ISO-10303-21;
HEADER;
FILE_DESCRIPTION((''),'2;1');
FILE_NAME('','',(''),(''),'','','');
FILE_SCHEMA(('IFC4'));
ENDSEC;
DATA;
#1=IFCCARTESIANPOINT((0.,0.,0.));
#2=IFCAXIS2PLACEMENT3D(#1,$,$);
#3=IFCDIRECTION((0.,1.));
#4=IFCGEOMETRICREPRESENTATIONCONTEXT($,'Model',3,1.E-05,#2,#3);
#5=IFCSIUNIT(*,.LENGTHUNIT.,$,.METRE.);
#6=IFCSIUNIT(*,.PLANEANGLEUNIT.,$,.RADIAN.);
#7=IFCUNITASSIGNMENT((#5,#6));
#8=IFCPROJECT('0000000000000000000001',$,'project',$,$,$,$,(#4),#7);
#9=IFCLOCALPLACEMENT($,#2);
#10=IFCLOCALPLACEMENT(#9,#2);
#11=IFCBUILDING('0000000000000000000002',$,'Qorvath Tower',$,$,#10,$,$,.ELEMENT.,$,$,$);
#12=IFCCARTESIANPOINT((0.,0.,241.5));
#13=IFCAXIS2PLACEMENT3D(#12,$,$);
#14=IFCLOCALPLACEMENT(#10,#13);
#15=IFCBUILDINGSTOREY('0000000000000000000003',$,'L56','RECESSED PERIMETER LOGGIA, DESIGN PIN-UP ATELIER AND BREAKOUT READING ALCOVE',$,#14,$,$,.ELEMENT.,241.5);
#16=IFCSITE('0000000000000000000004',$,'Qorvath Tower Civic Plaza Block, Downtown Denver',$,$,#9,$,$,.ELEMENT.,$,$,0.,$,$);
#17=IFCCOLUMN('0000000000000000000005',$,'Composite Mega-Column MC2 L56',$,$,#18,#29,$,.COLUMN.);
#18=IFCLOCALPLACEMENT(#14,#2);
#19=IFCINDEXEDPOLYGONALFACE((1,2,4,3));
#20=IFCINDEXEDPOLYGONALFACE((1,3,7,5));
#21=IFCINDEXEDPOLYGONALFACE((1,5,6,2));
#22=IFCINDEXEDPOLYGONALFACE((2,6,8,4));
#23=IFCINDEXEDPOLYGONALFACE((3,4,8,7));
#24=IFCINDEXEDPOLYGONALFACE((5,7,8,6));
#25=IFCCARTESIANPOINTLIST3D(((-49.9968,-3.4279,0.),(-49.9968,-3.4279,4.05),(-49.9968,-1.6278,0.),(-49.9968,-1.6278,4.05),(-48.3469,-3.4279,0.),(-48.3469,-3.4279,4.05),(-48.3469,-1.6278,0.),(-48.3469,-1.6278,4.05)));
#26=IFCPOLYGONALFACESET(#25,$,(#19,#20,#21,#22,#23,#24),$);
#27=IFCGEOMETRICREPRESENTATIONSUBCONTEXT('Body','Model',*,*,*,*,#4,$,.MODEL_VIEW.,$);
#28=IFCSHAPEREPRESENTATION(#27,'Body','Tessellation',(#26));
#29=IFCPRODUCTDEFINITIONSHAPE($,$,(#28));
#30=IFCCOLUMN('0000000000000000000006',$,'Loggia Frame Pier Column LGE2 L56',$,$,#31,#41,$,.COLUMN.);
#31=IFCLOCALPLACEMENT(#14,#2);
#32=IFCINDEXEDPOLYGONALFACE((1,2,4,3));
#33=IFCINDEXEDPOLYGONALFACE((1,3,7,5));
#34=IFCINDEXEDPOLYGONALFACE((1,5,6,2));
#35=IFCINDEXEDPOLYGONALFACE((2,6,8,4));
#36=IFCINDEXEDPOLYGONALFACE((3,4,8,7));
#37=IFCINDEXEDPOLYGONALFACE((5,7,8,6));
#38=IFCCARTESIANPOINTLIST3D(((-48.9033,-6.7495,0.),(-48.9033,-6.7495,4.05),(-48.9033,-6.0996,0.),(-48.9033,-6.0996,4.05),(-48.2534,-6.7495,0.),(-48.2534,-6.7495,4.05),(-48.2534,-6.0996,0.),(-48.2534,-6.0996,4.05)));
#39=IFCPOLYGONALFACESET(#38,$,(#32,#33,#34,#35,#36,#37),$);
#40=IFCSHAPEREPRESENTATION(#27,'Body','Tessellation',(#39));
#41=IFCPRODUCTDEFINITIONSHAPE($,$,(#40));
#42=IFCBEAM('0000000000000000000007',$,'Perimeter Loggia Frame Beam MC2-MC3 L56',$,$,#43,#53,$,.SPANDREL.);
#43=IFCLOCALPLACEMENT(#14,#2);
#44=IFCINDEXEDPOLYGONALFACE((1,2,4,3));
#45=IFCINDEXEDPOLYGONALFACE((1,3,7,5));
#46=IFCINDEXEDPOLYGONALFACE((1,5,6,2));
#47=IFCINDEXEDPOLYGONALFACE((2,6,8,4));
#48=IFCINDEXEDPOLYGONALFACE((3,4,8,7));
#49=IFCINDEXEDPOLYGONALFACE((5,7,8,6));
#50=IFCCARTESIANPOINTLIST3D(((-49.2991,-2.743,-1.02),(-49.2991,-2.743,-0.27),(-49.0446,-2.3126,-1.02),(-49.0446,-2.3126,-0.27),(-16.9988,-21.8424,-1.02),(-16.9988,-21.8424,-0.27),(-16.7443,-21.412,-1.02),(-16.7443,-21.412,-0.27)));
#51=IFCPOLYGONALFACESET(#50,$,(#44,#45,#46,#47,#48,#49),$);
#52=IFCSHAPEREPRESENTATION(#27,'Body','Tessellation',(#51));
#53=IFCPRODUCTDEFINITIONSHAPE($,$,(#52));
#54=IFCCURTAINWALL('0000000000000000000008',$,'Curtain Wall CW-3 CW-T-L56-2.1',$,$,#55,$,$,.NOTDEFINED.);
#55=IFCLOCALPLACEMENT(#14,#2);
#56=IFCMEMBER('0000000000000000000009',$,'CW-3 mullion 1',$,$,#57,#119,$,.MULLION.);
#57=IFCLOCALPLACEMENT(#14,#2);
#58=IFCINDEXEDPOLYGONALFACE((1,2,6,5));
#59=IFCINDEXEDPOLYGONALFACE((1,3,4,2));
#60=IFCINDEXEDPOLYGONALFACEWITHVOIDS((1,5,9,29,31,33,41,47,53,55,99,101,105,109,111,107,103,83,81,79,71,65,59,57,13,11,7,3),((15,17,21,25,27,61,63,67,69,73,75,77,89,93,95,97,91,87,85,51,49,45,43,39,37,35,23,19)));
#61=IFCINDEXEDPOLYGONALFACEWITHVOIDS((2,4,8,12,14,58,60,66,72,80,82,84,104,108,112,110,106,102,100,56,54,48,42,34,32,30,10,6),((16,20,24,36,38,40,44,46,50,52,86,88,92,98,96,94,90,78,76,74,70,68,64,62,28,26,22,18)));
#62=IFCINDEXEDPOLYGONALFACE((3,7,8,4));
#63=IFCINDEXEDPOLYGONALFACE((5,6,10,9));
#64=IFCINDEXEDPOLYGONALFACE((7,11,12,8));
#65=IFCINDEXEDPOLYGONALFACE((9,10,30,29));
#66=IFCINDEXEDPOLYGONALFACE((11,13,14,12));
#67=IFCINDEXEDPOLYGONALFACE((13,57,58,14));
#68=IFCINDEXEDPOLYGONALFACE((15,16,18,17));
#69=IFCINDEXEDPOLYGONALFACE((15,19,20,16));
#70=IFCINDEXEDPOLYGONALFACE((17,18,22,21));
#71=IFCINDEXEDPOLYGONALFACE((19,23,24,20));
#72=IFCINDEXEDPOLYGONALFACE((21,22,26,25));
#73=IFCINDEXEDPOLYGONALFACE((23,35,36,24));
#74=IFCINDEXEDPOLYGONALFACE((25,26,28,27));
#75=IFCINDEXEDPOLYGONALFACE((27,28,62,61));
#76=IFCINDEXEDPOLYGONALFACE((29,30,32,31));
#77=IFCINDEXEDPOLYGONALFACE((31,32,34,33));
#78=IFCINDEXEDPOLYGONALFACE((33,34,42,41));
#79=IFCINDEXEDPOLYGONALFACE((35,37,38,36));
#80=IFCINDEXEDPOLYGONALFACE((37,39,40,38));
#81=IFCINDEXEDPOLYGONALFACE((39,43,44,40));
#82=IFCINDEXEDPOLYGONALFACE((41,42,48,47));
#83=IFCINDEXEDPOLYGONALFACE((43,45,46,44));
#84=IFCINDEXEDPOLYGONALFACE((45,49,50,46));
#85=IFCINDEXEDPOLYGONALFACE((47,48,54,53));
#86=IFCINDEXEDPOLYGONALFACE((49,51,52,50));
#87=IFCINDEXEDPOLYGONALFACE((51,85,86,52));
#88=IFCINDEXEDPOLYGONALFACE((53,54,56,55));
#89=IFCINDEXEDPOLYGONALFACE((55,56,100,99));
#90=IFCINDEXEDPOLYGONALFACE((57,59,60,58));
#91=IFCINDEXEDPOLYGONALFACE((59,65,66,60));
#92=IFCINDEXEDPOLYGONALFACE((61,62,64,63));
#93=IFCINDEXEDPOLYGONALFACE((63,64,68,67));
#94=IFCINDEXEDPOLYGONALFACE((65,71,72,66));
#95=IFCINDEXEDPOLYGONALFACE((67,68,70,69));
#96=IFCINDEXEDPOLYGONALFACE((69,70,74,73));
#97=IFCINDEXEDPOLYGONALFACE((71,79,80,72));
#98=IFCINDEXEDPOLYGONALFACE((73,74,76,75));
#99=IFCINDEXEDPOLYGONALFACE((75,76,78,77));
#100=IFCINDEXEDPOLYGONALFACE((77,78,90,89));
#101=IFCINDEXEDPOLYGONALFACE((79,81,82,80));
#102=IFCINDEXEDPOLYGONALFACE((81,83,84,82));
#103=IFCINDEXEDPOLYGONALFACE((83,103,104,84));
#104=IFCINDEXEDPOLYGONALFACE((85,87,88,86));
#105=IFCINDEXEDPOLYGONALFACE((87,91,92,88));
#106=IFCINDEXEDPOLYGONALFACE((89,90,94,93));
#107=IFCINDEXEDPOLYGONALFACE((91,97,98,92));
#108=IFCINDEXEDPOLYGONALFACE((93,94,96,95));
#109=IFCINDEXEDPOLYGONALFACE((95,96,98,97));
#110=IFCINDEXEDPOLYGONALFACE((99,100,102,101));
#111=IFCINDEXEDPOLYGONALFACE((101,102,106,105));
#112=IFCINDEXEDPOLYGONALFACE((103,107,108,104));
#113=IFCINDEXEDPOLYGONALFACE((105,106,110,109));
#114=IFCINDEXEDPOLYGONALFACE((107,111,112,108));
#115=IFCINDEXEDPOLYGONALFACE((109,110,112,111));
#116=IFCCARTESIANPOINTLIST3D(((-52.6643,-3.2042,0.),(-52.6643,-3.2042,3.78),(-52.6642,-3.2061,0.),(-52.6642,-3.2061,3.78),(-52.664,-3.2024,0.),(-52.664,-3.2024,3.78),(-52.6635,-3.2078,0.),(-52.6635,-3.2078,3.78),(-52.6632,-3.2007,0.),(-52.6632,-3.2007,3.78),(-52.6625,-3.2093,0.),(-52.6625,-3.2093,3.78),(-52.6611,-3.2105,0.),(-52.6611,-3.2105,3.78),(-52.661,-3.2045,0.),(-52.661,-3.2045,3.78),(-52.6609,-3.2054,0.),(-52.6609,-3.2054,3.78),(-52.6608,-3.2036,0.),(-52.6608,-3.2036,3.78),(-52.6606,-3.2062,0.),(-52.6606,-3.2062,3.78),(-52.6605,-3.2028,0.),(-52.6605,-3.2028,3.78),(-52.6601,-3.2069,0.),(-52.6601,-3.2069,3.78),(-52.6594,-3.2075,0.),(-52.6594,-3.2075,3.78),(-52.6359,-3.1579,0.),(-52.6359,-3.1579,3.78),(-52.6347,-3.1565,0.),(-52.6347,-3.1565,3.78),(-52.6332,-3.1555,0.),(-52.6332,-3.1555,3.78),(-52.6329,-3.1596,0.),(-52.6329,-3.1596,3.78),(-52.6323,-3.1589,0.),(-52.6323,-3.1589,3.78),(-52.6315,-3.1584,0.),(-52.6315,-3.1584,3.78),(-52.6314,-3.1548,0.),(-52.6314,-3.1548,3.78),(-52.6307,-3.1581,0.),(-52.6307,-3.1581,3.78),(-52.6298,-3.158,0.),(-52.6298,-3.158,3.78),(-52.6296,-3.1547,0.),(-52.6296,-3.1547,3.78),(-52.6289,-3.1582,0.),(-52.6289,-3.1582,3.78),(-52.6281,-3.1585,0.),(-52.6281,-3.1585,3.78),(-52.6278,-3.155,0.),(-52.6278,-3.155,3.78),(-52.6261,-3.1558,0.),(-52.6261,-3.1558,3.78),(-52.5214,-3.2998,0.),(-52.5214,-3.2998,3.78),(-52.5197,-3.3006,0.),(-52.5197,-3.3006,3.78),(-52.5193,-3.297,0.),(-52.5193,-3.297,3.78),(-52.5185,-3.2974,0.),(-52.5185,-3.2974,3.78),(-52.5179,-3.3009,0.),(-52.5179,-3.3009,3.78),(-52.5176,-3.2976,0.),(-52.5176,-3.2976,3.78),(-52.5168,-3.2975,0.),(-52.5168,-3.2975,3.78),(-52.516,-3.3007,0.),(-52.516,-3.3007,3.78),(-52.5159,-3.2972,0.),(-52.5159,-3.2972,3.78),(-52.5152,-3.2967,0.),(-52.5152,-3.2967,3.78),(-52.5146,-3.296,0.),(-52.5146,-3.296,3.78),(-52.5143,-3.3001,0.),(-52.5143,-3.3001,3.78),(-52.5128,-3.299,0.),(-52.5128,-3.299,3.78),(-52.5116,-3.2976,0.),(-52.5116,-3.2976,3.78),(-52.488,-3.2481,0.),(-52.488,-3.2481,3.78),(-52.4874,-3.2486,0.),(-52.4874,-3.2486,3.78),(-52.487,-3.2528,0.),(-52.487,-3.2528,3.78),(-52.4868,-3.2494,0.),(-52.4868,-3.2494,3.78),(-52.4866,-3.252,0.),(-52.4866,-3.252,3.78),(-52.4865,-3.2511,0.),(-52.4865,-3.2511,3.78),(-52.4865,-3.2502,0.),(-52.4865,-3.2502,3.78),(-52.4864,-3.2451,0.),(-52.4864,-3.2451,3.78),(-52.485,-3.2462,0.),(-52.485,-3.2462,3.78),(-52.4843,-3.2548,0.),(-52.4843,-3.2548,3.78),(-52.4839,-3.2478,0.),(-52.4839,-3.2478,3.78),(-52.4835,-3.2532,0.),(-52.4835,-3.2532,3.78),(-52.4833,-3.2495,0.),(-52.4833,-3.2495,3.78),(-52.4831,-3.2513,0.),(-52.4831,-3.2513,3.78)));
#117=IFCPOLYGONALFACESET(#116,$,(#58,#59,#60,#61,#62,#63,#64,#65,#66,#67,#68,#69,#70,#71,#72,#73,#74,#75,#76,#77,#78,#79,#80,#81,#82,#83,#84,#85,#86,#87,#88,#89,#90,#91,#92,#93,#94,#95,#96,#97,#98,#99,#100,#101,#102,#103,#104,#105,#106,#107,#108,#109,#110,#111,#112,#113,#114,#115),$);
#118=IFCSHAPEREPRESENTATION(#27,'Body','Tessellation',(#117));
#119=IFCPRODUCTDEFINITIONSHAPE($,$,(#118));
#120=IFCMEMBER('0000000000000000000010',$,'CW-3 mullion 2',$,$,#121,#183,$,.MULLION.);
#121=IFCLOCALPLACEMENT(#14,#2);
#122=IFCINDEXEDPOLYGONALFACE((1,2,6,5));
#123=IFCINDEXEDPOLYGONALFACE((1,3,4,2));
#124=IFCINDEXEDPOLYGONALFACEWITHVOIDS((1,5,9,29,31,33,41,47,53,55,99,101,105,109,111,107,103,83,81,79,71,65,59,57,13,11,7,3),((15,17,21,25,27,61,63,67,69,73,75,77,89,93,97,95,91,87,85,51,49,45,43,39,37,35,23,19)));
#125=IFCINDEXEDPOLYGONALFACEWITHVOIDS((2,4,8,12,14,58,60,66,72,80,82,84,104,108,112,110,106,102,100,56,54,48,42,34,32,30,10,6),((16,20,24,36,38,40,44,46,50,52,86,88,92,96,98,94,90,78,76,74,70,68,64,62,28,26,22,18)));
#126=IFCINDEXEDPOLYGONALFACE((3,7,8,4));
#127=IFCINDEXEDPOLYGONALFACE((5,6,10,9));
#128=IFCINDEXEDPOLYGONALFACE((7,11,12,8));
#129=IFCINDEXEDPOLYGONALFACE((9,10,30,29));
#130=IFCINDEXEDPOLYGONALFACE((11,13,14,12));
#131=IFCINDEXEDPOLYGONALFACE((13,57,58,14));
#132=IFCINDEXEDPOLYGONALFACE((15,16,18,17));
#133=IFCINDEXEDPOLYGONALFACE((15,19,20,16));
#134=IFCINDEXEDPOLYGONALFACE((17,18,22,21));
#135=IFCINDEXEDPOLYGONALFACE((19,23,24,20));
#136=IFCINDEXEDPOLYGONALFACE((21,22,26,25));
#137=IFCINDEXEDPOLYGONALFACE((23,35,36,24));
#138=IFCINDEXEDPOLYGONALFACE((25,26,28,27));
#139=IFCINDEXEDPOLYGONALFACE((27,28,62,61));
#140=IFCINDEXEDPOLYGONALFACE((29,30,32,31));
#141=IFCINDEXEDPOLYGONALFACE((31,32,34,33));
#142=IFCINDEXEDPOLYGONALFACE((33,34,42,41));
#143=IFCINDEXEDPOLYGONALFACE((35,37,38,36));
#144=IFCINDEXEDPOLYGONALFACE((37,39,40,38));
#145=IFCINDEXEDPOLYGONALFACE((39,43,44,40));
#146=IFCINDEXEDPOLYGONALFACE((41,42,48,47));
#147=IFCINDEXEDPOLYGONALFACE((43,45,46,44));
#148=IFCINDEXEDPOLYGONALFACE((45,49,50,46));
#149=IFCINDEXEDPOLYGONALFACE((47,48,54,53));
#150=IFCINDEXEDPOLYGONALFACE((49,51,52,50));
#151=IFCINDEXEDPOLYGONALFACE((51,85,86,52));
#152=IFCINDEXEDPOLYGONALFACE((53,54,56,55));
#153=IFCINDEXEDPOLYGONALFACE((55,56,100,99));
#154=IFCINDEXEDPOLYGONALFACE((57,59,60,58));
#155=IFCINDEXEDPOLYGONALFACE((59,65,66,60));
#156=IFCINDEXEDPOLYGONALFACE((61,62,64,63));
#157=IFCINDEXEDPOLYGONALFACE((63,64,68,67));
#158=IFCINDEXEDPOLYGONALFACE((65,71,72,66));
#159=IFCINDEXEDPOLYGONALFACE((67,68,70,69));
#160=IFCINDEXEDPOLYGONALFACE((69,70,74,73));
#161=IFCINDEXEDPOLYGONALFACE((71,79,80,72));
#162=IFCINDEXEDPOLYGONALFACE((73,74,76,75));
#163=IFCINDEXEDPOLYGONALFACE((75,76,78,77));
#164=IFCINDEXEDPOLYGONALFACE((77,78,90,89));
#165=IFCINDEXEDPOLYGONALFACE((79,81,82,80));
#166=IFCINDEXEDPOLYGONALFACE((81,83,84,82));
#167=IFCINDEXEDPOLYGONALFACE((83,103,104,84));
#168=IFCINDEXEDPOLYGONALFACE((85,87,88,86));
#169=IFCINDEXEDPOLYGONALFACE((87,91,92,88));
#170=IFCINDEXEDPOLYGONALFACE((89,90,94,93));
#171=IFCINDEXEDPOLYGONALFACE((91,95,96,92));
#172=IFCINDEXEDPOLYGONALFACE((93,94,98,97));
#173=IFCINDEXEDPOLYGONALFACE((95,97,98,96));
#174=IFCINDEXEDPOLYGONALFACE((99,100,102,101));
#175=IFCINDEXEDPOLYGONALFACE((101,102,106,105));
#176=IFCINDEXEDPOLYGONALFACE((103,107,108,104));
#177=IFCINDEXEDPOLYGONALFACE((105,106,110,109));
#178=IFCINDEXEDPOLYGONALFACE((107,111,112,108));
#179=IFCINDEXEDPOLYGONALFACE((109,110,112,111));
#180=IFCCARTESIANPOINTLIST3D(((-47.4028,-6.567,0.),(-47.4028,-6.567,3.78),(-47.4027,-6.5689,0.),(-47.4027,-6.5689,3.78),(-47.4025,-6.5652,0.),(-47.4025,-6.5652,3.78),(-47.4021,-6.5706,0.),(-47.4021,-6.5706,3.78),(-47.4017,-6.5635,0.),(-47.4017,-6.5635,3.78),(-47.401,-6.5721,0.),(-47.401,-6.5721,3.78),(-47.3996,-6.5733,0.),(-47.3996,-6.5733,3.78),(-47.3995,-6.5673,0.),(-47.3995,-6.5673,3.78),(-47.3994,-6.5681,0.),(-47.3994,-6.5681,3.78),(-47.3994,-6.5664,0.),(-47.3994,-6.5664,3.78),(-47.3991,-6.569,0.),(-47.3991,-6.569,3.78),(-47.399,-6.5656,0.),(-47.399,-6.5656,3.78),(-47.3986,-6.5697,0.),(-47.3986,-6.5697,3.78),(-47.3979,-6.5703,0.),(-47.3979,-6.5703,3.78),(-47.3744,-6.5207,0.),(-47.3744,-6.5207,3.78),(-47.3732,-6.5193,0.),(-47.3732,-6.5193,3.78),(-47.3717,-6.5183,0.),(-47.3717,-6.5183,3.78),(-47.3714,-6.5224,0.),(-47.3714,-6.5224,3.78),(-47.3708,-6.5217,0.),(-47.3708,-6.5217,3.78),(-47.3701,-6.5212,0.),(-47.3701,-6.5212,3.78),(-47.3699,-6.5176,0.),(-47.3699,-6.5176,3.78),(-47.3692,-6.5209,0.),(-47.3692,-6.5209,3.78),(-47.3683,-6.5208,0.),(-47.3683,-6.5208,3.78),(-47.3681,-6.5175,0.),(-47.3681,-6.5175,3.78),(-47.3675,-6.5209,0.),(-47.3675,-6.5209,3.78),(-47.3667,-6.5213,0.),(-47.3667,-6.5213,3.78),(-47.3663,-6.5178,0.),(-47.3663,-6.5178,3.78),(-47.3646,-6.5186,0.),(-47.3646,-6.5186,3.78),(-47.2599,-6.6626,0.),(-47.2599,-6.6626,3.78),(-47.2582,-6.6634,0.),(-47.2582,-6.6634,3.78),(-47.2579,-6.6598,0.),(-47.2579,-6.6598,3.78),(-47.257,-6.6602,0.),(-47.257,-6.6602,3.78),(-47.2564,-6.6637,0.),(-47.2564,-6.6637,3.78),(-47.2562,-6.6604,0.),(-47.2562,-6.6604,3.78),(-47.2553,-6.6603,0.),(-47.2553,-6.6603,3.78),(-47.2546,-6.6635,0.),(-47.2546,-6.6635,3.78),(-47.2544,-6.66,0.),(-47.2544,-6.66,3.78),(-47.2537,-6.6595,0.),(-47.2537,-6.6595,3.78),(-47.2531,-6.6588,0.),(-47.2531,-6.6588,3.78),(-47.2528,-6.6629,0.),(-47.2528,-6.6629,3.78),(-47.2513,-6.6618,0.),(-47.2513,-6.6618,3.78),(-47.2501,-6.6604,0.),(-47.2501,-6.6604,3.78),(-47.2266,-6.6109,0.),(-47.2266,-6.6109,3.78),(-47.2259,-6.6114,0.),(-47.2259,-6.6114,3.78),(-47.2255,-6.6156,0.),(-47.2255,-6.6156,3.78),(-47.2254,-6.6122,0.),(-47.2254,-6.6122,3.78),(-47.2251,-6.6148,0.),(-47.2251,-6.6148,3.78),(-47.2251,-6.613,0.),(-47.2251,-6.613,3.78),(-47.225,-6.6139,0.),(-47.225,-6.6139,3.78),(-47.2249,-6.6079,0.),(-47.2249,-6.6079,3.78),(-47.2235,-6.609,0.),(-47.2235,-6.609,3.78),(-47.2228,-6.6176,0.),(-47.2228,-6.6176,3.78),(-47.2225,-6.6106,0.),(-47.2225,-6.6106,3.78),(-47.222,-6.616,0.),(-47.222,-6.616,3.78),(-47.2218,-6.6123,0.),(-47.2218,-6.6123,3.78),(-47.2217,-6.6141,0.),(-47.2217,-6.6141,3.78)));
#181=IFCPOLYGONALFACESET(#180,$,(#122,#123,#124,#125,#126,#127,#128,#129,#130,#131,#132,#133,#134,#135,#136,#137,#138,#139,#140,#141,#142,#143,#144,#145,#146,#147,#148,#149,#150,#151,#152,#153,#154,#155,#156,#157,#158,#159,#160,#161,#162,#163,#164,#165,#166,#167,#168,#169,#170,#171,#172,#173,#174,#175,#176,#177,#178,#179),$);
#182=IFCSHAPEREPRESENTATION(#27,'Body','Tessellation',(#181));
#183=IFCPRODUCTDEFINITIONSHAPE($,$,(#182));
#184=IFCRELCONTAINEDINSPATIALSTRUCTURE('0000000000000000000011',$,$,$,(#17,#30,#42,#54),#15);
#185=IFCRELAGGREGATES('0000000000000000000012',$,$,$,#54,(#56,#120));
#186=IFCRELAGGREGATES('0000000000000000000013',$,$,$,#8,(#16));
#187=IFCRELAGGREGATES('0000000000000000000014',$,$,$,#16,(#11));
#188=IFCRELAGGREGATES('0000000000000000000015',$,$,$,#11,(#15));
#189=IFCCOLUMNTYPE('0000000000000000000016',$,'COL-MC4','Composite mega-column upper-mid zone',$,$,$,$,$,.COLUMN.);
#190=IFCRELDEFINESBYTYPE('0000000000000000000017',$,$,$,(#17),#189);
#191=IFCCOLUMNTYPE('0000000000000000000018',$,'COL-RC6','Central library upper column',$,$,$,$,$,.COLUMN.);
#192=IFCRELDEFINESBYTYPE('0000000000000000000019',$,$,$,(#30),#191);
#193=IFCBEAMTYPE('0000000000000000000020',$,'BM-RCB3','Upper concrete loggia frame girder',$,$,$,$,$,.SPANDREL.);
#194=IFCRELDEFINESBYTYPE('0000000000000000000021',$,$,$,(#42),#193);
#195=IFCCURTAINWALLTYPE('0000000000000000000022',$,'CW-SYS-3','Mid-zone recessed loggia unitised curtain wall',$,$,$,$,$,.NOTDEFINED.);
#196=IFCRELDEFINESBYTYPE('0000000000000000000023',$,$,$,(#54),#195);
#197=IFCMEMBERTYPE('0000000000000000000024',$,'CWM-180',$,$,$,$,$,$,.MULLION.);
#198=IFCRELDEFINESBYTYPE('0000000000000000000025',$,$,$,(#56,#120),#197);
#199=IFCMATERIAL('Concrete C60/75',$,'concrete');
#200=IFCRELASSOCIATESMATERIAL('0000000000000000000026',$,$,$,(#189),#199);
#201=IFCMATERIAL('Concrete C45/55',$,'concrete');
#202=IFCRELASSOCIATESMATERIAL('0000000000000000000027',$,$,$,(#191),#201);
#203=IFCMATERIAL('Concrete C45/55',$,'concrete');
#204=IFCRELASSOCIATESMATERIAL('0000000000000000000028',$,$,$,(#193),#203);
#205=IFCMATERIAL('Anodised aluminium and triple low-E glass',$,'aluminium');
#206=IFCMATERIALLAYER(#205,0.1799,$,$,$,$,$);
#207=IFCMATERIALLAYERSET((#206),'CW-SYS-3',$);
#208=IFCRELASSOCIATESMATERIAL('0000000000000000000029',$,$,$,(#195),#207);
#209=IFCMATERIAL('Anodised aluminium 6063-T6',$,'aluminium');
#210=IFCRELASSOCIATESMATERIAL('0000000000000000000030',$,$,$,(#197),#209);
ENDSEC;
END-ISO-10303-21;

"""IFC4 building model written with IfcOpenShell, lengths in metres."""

from ifc_helpers import new_model, si_unit, direction, frame, origin, origin_2d, place, context, subcontext, project, spatial, rectangle, hollow_rectangle, extrude, material, layer, layer_set, material_profile, profile_set, type_object, element, aggregate, save


model = new_model("IFC4")

# Units and contexts
model_context = context("Model", 3, precision=1e-05, world=origin(), true_north=direction((0.0, 1.0)))
body_context = subcontext(model_context, "Body", "Model", "MODEL_VIEW")
ifc_project = project(units=[si_unit("LENGTHUNIT", "METRE"), si_unit("PLANEANGLEUNIT", "RADIAN")], contexts=[model_context])

# Site, building, storey
site_placement = place(None, origin())
site = spatial("IfcSite", under=ifc_project, at=site_placement, Name="Qorvath Tower Civic Plaza Block, Downtown Denver", CompositionType="ELEMENT", RefElevation=0.0)
building_placement = place(site_placement, origin())
building = spatial("IfcBuilding", under=site, at=building_placement, Name="Qorvath Tower", CompositionType="ELEMENT")
storey_placement = place(building_placement, frame((0.0, 0.0, 241.5)))
storey = spatial("IfcBuildingStorey", under=building, at=storey_placement, Name="L56", Description="RECESSED PERIMETER LOGGIA, DESIGN PIN-UP ATELIER AND BREAKOUT READING ALCOVE", CompositionType="ELEMENT", Elevation=241.5)

# Columns
ifc_material_1 = material(Name="Concrete C60/75", Category="concrete")
ifc_material_profile_1 = material_profile(ifc_material_1, rectangle(XDim=1.6499, YDim=1.8, at=origin_2d()), Name="MC 1800x1650")
ifc_profile_set_1 = profile_set([ifc_material_profile_1], Name="Concrete C60/75")
column_type_1 = type_object("IfcColumnType", Name="COL-MC4", Description="Composite mega-column upper-mid zone", PredefinedType="COLUMN", material=ifc_profile_set_1)
column_1_placement = place(storey_placement, frame((-49.1719, -2.5278, 0.0), z_axis=(0.0, 0.0, 1.0), x_axis=(1.0, 0.0, 0.0)))
element("IfcColumn", 1, at=column_1_placement, inside=storey, type_object=column_type_1, Name="Composite Mega-Column MC2 L56", PredefinedType="COLUMN", context=body_context, shape_type="SweptSolid", body=[
    extrude(rectangle(XDim=1.6499, YDim=1.8, at=origin_2d()), origin(), (0.0, 0.0, 1.0), 4.05),
])
ifc_material_2 = material(Name="Concrete C45/55", Category="concrete")
ifc_material_profile_2 = material_profile(ifc_material_2, rectangle(XDim=0.6499, YDim=0.6499, at=origin_2d()), Name="RC 650x650")
ifc_profile_set_2 = profile_set([ifc_material_profile_2], Name="Concrete C45/55")
column_type_2 = type_object("IfcColumnType", Name="COL-RC6", Description="Central library upper column", PredefinedType="COLUMN", material=ifc_profile_set_2)
column_2_placement = place(storey_placement, frame((-48.5784, -6.4246, 0.0), z_axis=(0.0, 0.0, 1.0), x_axis=(1.0, 0.0, 0.0)))
element("IfcColumn", 2, at=column_2_placement, inside=storey, type_object=column_type_2, Name="Loggia Frame Pier Column LGE2 L56", PredefinedType="COLUMN", context=body_context, shape_type="SweptSolid", body=[
    extrude(rectangle(XDim=0.6499, YDim=0.6499, at=origin_2d()), origin(), (0.0, 0.0, 1.0), 4.05),
])

# Beam
ifc_material_3 = material(Name="Concrete C45/55", Category="concrete")
ifc_material_profile_3 = material_profile(ifc_material_3, rectangle(XDim=0.5, YDim=0.75, at=origin_2d()), Name="RCB 750x500")
ifc_profile_set_3 = profile_set([ifc_material_profile_3], Name="Concrete C45/55")
beam_type = type_object("IfcBeamType", Name="BM-RCB3", Description="Upper concrete loggia frame girder", PredefinedType="SPANDREL", material=ifc_profile_set_3)
beam_placement = place(storey_placement, frame((-49.1719, -2.5278, -0.645), z_axis=(0.860777, -0.508983, 0.0), x_axis=(0.508983, 0.860777, 0.0)))
element("IfcBeam", 3, at=beam_placement, inside=storey, type_object=beam_type, Name="Perimeter Loggia Frame Beam MC2-MC3 L56", PredefinedType="SPANDREL", context=body_context, shape_type="SweptSolid", body=[
    extrude(rectangle(XDim=0.5, YDim=0.75, at=origin_2d()), origin(), (0.0, 0.0, 1.0), 37.5247),
])

# Curtain wall, members
ifc_material_4 = material(Name="Anodised aluminium and triple low-E glass", Category="aluminium")
ifc_layer_1 = layer(ifc_material_4, 0.1799)
ifc_layer_set_1 = layer_set([ifc_layer_1], Name="CW-SYS-3")
curtain_wall_type = type_object("IfcCurtainWallType", Name="CW-SYS-3", Description="Mid-zone recessed loggia unitised curtain wall", PredefinedType="NOTDEFINED", material=ifc_layer_set_1)
curtain_wall_placement = place(storey_placement, origin())
curtain_wall = element("IfcCurtainWall", 4, at=curtain_wall_placement, inside=storey, type_object=curtain_wall_type, Name="Curtain Wall CW-3 CW-T-L56-2.1", PredefinedType="NOTDEFINED")
ifc_material_5 = material(Name="Anodised aluminium 6063-T6", Category="aluminium")
ifc_material_profile_4 = material_profile(ifc_material_5, hollow_rectangle(XDim=0.0649, YDim=0.1799, WallThickness=0.0034, InnerFilletRadius=0.0034, OuterFilletRadius=0.0071, at=origin_2d()), Name="CWM 180x65")
ifc_profile_set_4 = profile_set([ifc_material_profile_4], Name="Anodised aluminium 6063-T6")
member_type_1 = type_object("IfcMemberType", Name="CWM-180", PredefinedType="MULLION", material=ifc_profile_set_4)
member_1_placement = place(storey_placement, frame((-52.5737, -3.2278, 0.0), z_axis=(0.0, 0.0, 1.0), x_axis=(0.538531, 0.842605, 0.0)))
member_1 = element("IfcMember", 5, at=member_1_placement, type_object=member_type_1, Name="CW-3 mullion 1", PredefinedType="MULLION", context=body_context, shape_type="SweptSolid", body=[
    extrude(hollow_rectangle(XDim=0.0649, YDim=0.1799, WallThickness=0.0034, InnerFilletRadius=0.0034, OuterFilletRadius=0.0071, at=origin_2d()), origin(), (0.0, 0.0, 1.0), 3.78),
])
member_2_placement = place(storey_placement, frame((-47.3123, -6.5906, 0.0), z_axis=(0.0, 0.0, 1.0), x_axis=(0.538531, 0.842605, 0.0)))
member_2 = element("IfcMember", 6, at=member_2_placement, type_object=member_type_1, Name="CW-3 mullion 2", PredefinedType="MULLION", context=body_context, shape_type="SweptSolid", body=[
    extrude(hollow_rectangle(XDim=0.0649, YDim=0.1799, WallThickness=0.0034, InnerFilletRadius=0.0034, OuterFilletRadius=0.0071, at=origin_2d()), origin(), (0.0, 0.0, 1.0), 3.78),
])
aggregate(curtain_wall, [member_1, member_2])

save(model, "model.ifc")
